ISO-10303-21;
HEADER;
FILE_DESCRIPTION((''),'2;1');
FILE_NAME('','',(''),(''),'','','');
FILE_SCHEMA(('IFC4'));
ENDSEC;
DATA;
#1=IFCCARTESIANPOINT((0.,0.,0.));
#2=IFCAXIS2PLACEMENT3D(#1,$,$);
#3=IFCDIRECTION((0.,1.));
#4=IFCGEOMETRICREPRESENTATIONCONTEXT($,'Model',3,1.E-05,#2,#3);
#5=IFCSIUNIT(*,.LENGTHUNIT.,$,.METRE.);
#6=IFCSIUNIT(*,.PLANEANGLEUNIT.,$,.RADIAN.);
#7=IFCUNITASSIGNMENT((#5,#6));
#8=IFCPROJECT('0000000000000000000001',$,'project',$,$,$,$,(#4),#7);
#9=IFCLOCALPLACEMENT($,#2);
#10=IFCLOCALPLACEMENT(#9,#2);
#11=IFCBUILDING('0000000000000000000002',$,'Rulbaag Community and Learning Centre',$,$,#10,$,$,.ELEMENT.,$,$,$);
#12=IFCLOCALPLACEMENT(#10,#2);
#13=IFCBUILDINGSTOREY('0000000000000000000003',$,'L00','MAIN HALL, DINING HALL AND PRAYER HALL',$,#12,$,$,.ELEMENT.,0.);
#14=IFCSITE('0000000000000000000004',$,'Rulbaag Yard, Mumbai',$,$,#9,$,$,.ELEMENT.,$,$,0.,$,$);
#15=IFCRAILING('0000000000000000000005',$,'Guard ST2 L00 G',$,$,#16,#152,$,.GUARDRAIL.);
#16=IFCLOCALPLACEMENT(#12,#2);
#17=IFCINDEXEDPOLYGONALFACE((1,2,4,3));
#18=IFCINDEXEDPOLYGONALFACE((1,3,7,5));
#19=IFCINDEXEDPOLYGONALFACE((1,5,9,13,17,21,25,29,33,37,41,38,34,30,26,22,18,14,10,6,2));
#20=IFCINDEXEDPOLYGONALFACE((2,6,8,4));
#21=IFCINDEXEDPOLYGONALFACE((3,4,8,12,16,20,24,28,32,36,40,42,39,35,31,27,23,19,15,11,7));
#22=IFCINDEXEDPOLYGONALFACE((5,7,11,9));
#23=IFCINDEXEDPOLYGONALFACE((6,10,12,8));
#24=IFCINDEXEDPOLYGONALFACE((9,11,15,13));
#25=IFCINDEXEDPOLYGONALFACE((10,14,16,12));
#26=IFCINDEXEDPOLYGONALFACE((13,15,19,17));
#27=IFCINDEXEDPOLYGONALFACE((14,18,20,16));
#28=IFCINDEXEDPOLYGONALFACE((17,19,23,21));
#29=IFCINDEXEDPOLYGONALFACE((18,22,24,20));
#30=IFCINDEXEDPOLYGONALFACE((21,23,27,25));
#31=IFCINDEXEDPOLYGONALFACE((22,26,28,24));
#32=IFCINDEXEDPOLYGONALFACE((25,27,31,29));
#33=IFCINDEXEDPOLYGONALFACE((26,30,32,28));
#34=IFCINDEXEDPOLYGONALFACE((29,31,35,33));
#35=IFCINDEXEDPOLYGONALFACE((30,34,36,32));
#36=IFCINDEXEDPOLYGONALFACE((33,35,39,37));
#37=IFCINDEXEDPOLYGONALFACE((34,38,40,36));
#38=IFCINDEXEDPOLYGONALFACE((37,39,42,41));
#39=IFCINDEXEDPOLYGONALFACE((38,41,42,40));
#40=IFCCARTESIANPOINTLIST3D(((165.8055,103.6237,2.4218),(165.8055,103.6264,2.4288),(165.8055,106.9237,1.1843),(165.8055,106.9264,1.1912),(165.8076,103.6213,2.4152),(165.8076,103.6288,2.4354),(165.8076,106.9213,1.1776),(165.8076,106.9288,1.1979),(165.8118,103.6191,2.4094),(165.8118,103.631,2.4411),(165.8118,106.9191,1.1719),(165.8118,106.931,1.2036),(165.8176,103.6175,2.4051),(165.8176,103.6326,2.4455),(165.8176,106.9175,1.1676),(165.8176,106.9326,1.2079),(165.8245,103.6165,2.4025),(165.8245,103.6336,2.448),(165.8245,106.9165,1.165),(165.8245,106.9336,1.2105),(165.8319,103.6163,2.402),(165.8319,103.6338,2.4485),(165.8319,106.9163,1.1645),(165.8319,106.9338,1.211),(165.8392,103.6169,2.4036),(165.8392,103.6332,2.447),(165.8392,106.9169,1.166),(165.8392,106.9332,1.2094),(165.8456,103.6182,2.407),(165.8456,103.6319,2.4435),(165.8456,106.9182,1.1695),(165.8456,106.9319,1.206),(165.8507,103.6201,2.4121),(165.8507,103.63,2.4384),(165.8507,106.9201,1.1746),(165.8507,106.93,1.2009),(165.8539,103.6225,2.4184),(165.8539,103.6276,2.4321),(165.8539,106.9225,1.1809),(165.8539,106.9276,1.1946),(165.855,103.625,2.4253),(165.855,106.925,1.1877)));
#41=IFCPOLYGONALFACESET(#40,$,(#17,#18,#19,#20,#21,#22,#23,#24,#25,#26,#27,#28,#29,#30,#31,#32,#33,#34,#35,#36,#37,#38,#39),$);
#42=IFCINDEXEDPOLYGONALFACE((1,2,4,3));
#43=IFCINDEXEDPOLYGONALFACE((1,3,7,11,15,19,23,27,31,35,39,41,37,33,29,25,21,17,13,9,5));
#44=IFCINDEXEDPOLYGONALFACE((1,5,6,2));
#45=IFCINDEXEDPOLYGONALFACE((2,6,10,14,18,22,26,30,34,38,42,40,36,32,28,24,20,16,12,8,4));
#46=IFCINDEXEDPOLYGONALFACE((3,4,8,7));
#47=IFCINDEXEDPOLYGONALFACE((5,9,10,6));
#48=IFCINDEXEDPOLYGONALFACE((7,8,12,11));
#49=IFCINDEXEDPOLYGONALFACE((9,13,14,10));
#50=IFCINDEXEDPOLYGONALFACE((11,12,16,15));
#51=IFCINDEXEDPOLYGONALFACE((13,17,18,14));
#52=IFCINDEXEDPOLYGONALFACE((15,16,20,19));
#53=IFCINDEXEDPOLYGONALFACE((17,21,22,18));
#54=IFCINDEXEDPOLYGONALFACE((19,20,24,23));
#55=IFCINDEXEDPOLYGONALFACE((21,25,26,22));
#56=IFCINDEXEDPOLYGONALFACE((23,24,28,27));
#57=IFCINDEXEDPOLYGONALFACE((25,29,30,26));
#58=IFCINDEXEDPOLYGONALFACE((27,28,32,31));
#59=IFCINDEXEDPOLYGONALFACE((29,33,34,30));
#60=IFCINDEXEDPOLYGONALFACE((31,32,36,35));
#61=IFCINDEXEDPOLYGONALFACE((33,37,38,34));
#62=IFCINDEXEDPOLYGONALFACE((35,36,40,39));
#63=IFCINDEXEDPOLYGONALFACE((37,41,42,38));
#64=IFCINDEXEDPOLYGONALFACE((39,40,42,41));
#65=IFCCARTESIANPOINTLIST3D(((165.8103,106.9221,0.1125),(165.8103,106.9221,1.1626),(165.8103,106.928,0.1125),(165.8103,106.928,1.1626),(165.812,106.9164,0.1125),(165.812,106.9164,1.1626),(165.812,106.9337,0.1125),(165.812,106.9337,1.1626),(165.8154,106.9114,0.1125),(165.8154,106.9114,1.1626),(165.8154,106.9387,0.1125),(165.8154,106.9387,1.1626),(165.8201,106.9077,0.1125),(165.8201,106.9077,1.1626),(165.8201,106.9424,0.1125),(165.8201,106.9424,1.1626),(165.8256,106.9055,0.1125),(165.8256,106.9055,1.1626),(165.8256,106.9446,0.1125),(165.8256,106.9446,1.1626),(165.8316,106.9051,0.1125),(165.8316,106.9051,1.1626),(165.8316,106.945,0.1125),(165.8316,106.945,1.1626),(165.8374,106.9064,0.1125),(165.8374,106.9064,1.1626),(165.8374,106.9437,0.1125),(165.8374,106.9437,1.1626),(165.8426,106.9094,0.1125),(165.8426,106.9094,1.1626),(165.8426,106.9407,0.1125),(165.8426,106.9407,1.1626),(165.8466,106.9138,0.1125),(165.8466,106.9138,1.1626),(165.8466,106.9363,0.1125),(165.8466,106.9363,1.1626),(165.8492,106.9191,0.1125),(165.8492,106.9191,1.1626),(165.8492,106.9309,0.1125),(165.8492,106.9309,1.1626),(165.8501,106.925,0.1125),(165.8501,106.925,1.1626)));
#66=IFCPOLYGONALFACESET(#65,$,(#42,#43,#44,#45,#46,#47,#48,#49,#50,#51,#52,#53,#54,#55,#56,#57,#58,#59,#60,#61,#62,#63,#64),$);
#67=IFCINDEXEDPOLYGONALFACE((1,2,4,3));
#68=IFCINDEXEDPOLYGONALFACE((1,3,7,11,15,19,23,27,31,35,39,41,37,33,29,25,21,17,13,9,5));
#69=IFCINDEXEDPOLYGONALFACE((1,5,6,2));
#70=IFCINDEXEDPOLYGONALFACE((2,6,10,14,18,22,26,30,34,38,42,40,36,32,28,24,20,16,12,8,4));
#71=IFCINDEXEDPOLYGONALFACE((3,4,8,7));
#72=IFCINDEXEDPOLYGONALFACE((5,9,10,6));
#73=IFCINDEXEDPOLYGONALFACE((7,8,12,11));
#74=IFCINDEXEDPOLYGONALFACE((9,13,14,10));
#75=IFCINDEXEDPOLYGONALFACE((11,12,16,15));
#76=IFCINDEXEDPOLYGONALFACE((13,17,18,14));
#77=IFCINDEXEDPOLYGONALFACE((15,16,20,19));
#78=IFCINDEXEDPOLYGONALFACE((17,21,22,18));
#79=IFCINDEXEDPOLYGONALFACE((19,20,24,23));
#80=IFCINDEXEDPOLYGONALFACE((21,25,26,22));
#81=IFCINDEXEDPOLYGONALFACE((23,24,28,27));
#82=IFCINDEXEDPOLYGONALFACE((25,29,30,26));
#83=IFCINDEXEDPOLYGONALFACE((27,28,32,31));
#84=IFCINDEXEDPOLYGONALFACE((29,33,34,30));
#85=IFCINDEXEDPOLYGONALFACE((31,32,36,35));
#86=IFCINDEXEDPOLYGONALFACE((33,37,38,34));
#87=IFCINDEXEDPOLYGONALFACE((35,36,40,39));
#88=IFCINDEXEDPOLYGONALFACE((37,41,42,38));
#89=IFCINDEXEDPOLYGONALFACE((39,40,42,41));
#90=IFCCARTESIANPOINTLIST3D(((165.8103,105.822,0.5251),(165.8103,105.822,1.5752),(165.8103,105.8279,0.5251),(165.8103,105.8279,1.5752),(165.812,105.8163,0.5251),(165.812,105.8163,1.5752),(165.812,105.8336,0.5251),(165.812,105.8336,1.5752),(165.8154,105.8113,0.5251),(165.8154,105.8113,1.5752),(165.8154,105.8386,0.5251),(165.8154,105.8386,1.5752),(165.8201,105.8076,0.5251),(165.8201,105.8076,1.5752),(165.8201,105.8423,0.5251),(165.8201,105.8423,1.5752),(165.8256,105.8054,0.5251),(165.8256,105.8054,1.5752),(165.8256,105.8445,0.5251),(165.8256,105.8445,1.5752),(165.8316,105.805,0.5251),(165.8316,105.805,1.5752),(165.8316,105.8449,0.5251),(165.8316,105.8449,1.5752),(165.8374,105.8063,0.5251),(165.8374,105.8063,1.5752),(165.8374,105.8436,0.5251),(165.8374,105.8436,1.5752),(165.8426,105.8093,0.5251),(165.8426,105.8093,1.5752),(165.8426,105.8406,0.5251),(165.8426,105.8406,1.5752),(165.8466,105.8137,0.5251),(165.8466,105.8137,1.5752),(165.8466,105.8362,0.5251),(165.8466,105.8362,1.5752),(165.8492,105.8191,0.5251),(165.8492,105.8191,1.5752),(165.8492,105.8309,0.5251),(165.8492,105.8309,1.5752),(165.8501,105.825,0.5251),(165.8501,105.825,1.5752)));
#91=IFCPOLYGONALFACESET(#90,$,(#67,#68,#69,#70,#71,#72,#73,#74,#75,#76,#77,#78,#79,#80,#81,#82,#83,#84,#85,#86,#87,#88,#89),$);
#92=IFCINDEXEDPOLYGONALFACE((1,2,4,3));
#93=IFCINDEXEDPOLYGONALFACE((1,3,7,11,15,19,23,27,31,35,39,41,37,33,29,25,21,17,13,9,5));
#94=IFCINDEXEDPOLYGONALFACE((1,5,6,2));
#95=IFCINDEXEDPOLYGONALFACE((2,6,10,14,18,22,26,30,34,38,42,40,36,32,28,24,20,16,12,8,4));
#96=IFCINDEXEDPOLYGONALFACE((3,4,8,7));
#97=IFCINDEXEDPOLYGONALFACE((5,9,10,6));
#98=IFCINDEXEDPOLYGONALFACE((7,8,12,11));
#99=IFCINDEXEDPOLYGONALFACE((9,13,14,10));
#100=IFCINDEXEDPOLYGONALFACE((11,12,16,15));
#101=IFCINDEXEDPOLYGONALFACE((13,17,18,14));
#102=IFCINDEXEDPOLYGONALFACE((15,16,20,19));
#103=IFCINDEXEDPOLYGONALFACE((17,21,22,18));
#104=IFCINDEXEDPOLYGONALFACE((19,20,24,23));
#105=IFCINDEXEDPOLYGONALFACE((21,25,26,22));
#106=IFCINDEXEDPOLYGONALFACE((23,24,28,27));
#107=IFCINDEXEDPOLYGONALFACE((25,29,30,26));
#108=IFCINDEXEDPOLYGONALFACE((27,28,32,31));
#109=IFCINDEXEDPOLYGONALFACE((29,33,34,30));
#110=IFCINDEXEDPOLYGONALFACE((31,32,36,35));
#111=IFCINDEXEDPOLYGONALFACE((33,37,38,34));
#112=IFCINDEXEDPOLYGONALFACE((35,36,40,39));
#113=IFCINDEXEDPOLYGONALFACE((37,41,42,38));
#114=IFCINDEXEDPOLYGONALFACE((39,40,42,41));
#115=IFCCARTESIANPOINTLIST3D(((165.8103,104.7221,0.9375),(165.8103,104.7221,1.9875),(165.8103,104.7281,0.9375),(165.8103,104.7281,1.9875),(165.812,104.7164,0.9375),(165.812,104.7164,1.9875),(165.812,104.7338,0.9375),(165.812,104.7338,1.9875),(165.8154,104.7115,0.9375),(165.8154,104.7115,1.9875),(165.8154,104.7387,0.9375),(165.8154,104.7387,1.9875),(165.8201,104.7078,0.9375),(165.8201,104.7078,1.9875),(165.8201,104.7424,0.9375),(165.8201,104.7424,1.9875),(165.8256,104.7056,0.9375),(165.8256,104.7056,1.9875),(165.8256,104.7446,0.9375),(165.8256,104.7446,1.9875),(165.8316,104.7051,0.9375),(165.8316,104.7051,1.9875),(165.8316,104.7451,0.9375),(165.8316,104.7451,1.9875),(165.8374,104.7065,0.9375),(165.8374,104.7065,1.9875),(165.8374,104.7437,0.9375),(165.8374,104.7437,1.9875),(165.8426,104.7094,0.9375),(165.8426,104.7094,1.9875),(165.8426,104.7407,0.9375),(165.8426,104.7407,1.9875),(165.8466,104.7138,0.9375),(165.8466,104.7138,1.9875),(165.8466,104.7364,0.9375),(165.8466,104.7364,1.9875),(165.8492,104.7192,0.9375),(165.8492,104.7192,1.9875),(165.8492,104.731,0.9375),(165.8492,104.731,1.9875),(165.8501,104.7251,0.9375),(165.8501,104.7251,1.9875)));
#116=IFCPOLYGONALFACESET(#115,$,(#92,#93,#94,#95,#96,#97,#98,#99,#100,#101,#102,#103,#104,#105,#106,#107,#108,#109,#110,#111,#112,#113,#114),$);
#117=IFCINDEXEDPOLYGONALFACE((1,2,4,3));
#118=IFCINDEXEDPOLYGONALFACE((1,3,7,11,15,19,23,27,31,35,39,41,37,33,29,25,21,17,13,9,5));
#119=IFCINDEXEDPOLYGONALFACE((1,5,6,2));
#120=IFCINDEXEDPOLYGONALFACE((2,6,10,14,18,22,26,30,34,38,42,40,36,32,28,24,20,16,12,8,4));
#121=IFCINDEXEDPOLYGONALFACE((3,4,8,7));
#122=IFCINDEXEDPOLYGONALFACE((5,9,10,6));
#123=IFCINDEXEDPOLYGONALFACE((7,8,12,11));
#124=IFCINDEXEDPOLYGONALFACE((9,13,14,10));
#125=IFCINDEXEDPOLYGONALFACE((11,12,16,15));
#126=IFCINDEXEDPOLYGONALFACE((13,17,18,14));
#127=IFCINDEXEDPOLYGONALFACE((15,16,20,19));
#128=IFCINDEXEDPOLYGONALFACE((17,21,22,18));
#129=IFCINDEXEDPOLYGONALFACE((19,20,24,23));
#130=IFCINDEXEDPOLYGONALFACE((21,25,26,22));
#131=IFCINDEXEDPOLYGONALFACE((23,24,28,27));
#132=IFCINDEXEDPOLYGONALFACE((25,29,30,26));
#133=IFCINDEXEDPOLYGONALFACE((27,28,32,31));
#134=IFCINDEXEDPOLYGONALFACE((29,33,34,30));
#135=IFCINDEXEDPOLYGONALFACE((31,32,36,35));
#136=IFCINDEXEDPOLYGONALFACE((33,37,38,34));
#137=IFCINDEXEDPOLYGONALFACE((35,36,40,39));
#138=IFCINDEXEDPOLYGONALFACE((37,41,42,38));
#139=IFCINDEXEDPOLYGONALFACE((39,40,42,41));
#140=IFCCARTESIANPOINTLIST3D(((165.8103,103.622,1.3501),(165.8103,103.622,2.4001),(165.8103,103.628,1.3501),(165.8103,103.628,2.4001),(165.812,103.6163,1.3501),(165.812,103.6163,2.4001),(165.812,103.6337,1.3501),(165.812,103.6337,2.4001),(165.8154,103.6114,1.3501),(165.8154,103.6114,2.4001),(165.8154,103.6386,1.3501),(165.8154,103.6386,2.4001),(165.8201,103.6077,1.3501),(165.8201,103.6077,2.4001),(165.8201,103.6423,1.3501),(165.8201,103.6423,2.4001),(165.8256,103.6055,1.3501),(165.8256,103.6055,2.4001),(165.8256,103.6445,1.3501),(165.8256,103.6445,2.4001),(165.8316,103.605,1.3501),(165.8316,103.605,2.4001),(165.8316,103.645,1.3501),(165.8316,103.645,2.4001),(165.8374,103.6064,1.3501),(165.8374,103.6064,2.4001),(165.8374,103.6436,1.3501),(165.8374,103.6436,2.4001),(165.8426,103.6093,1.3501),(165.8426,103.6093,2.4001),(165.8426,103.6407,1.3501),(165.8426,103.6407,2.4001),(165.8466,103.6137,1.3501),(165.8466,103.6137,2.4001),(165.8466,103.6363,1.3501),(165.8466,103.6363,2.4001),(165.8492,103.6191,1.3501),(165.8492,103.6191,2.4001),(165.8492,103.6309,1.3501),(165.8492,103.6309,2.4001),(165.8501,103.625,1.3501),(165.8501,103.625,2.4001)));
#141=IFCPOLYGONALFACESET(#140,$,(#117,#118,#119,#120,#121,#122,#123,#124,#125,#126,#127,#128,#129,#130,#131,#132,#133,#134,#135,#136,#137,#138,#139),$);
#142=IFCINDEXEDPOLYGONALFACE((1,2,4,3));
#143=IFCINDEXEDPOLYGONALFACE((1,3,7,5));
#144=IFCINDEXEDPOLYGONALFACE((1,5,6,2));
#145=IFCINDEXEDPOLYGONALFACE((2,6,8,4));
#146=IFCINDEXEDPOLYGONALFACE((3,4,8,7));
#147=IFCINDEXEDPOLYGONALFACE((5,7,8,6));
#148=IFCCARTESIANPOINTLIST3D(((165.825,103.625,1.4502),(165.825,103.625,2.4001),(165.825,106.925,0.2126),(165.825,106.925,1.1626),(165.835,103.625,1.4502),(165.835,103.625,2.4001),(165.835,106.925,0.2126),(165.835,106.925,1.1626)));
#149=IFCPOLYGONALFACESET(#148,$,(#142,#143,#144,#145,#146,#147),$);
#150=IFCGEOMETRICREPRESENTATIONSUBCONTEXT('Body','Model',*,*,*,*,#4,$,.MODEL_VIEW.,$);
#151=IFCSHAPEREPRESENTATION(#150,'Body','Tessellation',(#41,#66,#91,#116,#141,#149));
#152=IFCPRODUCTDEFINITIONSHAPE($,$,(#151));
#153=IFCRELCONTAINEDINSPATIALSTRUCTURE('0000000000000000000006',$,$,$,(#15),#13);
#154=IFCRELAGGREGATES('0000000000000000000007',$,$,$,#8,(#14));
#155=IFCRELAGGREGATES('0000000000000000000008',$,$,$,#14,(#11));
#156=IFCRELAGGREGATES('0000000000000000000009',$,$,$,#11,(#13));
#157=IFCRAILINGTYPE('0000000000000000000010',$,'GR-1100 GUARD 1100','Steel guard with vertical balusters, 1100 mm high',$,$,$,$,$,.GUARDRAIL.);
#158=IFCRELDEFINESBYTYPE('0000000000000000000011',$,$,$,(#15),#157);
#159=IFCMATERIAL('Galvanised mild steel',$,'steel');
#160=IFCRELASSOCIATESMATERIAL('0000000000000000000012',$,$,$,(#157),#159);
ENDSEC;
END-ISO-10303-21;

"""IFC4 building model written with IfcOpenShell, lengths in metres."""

from ifc_helpers import new_model, si_unit, direction, frame, origin, origin_2d, place, context, subcontext, project, spatial, polyline, circle, outline, extrude, material, type_object, element, save


model = new_model("IFC4")

# Units and contexts
model_context = context("Model", 3, precision=1e-05, world=origin(), true_north=direction((0.0, 1.0)))
body_context = subcontext(model_context, "Body", "Model", "MODEL_VIEW")
ifc_project = project(units=[si_unit("LENGTHUNIT", "METRE"), si_unit("PLANEANGLEUNIT", "RADIAN")], contexts=[model_context])

# Site, building, storey
site_placement = place(None, origin())
site = spatial("IfcSite", under=ifc_project, at=site_placement, Name="Rulbaag Yard, Mumbai", CompositionType="ELEMENT", RefElevation=0.0)
building_placement = place(site_placement, origin())
building = spatial("IfcBuilding", under=site, at=building_placement, Name="Rulbaag Community and Learning Centre", CompositionType="ELEMENT")
storey_placement = place(building_placement, origin())
storey = spatial("IfcBuildingStorey", under=building, at=storey_placement, Name="L00", Description="MAIN HALL, DINING HALL AND PRAYER HALL", CompositionType="ELEMENT", Elevation=0.0)

# Railing
ifc_material_1 = material(Name="Galvanised mild steel", Category="steel")
railing_type_1 = type_object("IfcRailingType", Name="GR-1100 GUARD 1100", Description="Steel guard with vertical balusters, 1100 mm high", PredefinedType="GUARDRAIL", material=ifc_material_1)
for number, where, name in (
    (1, (165.8301, 106.925, 0.1125), "Guard ST2 L00 G"),
):
    element("IfcRailing", number, at=place(storey_placement, frame(where)), inside=storey, type_object=railing_type_1, Name=name, PredefinedType="GUARDRAIL", context=body_context, shape_type="SweptSolid", body=[
        extrude(circle(Radius=0.0249, at=origin_2d()), frame((0.0, 0.0, 1.0752), z_axis=(0.0, -0.936326, 0.351131), x_axis=(1.0, 0.0, 0.0)), (0.0, 0.0, 1.0), 3.5244),
        extrude(circle(Radius=0.02, at=origin_2d()), origin(), (0.0, 0.0, 1.0), 1.05),
        extrude(circle(Radius=0.02, at=origin_2d()), frame((0.0, -1.1001, 0.4126)), (0.0, 0.0, 1.0), 1.05),
        extrude(circle(Radius=0.02, at=origin_2d()), frame((0.0, -2.2, 0.825)), (0.0, 0.0, 1.0), 1.05),
        extrude(circle(Radius=0.02, at=origin_2d()), frame((0.0, -3.3, 1.2375)), (0.0, 0.0, 1.0), 1.05),
        extrude(outline(polyline([(0.0, 0.0), (3.3, 1.2375), (3.3, 2.1875), (0.0, 0.95), (0.0, 0.0)])), frame((0.0049, 0.0, 0.1001), z_axis=(-1.0, 0.0, 0.0), x_axis=(0.0, -1.0, 0.0)), (0.0, 0.0, 1.0), 0.01),
    ])

save(model, "model.ifc")
